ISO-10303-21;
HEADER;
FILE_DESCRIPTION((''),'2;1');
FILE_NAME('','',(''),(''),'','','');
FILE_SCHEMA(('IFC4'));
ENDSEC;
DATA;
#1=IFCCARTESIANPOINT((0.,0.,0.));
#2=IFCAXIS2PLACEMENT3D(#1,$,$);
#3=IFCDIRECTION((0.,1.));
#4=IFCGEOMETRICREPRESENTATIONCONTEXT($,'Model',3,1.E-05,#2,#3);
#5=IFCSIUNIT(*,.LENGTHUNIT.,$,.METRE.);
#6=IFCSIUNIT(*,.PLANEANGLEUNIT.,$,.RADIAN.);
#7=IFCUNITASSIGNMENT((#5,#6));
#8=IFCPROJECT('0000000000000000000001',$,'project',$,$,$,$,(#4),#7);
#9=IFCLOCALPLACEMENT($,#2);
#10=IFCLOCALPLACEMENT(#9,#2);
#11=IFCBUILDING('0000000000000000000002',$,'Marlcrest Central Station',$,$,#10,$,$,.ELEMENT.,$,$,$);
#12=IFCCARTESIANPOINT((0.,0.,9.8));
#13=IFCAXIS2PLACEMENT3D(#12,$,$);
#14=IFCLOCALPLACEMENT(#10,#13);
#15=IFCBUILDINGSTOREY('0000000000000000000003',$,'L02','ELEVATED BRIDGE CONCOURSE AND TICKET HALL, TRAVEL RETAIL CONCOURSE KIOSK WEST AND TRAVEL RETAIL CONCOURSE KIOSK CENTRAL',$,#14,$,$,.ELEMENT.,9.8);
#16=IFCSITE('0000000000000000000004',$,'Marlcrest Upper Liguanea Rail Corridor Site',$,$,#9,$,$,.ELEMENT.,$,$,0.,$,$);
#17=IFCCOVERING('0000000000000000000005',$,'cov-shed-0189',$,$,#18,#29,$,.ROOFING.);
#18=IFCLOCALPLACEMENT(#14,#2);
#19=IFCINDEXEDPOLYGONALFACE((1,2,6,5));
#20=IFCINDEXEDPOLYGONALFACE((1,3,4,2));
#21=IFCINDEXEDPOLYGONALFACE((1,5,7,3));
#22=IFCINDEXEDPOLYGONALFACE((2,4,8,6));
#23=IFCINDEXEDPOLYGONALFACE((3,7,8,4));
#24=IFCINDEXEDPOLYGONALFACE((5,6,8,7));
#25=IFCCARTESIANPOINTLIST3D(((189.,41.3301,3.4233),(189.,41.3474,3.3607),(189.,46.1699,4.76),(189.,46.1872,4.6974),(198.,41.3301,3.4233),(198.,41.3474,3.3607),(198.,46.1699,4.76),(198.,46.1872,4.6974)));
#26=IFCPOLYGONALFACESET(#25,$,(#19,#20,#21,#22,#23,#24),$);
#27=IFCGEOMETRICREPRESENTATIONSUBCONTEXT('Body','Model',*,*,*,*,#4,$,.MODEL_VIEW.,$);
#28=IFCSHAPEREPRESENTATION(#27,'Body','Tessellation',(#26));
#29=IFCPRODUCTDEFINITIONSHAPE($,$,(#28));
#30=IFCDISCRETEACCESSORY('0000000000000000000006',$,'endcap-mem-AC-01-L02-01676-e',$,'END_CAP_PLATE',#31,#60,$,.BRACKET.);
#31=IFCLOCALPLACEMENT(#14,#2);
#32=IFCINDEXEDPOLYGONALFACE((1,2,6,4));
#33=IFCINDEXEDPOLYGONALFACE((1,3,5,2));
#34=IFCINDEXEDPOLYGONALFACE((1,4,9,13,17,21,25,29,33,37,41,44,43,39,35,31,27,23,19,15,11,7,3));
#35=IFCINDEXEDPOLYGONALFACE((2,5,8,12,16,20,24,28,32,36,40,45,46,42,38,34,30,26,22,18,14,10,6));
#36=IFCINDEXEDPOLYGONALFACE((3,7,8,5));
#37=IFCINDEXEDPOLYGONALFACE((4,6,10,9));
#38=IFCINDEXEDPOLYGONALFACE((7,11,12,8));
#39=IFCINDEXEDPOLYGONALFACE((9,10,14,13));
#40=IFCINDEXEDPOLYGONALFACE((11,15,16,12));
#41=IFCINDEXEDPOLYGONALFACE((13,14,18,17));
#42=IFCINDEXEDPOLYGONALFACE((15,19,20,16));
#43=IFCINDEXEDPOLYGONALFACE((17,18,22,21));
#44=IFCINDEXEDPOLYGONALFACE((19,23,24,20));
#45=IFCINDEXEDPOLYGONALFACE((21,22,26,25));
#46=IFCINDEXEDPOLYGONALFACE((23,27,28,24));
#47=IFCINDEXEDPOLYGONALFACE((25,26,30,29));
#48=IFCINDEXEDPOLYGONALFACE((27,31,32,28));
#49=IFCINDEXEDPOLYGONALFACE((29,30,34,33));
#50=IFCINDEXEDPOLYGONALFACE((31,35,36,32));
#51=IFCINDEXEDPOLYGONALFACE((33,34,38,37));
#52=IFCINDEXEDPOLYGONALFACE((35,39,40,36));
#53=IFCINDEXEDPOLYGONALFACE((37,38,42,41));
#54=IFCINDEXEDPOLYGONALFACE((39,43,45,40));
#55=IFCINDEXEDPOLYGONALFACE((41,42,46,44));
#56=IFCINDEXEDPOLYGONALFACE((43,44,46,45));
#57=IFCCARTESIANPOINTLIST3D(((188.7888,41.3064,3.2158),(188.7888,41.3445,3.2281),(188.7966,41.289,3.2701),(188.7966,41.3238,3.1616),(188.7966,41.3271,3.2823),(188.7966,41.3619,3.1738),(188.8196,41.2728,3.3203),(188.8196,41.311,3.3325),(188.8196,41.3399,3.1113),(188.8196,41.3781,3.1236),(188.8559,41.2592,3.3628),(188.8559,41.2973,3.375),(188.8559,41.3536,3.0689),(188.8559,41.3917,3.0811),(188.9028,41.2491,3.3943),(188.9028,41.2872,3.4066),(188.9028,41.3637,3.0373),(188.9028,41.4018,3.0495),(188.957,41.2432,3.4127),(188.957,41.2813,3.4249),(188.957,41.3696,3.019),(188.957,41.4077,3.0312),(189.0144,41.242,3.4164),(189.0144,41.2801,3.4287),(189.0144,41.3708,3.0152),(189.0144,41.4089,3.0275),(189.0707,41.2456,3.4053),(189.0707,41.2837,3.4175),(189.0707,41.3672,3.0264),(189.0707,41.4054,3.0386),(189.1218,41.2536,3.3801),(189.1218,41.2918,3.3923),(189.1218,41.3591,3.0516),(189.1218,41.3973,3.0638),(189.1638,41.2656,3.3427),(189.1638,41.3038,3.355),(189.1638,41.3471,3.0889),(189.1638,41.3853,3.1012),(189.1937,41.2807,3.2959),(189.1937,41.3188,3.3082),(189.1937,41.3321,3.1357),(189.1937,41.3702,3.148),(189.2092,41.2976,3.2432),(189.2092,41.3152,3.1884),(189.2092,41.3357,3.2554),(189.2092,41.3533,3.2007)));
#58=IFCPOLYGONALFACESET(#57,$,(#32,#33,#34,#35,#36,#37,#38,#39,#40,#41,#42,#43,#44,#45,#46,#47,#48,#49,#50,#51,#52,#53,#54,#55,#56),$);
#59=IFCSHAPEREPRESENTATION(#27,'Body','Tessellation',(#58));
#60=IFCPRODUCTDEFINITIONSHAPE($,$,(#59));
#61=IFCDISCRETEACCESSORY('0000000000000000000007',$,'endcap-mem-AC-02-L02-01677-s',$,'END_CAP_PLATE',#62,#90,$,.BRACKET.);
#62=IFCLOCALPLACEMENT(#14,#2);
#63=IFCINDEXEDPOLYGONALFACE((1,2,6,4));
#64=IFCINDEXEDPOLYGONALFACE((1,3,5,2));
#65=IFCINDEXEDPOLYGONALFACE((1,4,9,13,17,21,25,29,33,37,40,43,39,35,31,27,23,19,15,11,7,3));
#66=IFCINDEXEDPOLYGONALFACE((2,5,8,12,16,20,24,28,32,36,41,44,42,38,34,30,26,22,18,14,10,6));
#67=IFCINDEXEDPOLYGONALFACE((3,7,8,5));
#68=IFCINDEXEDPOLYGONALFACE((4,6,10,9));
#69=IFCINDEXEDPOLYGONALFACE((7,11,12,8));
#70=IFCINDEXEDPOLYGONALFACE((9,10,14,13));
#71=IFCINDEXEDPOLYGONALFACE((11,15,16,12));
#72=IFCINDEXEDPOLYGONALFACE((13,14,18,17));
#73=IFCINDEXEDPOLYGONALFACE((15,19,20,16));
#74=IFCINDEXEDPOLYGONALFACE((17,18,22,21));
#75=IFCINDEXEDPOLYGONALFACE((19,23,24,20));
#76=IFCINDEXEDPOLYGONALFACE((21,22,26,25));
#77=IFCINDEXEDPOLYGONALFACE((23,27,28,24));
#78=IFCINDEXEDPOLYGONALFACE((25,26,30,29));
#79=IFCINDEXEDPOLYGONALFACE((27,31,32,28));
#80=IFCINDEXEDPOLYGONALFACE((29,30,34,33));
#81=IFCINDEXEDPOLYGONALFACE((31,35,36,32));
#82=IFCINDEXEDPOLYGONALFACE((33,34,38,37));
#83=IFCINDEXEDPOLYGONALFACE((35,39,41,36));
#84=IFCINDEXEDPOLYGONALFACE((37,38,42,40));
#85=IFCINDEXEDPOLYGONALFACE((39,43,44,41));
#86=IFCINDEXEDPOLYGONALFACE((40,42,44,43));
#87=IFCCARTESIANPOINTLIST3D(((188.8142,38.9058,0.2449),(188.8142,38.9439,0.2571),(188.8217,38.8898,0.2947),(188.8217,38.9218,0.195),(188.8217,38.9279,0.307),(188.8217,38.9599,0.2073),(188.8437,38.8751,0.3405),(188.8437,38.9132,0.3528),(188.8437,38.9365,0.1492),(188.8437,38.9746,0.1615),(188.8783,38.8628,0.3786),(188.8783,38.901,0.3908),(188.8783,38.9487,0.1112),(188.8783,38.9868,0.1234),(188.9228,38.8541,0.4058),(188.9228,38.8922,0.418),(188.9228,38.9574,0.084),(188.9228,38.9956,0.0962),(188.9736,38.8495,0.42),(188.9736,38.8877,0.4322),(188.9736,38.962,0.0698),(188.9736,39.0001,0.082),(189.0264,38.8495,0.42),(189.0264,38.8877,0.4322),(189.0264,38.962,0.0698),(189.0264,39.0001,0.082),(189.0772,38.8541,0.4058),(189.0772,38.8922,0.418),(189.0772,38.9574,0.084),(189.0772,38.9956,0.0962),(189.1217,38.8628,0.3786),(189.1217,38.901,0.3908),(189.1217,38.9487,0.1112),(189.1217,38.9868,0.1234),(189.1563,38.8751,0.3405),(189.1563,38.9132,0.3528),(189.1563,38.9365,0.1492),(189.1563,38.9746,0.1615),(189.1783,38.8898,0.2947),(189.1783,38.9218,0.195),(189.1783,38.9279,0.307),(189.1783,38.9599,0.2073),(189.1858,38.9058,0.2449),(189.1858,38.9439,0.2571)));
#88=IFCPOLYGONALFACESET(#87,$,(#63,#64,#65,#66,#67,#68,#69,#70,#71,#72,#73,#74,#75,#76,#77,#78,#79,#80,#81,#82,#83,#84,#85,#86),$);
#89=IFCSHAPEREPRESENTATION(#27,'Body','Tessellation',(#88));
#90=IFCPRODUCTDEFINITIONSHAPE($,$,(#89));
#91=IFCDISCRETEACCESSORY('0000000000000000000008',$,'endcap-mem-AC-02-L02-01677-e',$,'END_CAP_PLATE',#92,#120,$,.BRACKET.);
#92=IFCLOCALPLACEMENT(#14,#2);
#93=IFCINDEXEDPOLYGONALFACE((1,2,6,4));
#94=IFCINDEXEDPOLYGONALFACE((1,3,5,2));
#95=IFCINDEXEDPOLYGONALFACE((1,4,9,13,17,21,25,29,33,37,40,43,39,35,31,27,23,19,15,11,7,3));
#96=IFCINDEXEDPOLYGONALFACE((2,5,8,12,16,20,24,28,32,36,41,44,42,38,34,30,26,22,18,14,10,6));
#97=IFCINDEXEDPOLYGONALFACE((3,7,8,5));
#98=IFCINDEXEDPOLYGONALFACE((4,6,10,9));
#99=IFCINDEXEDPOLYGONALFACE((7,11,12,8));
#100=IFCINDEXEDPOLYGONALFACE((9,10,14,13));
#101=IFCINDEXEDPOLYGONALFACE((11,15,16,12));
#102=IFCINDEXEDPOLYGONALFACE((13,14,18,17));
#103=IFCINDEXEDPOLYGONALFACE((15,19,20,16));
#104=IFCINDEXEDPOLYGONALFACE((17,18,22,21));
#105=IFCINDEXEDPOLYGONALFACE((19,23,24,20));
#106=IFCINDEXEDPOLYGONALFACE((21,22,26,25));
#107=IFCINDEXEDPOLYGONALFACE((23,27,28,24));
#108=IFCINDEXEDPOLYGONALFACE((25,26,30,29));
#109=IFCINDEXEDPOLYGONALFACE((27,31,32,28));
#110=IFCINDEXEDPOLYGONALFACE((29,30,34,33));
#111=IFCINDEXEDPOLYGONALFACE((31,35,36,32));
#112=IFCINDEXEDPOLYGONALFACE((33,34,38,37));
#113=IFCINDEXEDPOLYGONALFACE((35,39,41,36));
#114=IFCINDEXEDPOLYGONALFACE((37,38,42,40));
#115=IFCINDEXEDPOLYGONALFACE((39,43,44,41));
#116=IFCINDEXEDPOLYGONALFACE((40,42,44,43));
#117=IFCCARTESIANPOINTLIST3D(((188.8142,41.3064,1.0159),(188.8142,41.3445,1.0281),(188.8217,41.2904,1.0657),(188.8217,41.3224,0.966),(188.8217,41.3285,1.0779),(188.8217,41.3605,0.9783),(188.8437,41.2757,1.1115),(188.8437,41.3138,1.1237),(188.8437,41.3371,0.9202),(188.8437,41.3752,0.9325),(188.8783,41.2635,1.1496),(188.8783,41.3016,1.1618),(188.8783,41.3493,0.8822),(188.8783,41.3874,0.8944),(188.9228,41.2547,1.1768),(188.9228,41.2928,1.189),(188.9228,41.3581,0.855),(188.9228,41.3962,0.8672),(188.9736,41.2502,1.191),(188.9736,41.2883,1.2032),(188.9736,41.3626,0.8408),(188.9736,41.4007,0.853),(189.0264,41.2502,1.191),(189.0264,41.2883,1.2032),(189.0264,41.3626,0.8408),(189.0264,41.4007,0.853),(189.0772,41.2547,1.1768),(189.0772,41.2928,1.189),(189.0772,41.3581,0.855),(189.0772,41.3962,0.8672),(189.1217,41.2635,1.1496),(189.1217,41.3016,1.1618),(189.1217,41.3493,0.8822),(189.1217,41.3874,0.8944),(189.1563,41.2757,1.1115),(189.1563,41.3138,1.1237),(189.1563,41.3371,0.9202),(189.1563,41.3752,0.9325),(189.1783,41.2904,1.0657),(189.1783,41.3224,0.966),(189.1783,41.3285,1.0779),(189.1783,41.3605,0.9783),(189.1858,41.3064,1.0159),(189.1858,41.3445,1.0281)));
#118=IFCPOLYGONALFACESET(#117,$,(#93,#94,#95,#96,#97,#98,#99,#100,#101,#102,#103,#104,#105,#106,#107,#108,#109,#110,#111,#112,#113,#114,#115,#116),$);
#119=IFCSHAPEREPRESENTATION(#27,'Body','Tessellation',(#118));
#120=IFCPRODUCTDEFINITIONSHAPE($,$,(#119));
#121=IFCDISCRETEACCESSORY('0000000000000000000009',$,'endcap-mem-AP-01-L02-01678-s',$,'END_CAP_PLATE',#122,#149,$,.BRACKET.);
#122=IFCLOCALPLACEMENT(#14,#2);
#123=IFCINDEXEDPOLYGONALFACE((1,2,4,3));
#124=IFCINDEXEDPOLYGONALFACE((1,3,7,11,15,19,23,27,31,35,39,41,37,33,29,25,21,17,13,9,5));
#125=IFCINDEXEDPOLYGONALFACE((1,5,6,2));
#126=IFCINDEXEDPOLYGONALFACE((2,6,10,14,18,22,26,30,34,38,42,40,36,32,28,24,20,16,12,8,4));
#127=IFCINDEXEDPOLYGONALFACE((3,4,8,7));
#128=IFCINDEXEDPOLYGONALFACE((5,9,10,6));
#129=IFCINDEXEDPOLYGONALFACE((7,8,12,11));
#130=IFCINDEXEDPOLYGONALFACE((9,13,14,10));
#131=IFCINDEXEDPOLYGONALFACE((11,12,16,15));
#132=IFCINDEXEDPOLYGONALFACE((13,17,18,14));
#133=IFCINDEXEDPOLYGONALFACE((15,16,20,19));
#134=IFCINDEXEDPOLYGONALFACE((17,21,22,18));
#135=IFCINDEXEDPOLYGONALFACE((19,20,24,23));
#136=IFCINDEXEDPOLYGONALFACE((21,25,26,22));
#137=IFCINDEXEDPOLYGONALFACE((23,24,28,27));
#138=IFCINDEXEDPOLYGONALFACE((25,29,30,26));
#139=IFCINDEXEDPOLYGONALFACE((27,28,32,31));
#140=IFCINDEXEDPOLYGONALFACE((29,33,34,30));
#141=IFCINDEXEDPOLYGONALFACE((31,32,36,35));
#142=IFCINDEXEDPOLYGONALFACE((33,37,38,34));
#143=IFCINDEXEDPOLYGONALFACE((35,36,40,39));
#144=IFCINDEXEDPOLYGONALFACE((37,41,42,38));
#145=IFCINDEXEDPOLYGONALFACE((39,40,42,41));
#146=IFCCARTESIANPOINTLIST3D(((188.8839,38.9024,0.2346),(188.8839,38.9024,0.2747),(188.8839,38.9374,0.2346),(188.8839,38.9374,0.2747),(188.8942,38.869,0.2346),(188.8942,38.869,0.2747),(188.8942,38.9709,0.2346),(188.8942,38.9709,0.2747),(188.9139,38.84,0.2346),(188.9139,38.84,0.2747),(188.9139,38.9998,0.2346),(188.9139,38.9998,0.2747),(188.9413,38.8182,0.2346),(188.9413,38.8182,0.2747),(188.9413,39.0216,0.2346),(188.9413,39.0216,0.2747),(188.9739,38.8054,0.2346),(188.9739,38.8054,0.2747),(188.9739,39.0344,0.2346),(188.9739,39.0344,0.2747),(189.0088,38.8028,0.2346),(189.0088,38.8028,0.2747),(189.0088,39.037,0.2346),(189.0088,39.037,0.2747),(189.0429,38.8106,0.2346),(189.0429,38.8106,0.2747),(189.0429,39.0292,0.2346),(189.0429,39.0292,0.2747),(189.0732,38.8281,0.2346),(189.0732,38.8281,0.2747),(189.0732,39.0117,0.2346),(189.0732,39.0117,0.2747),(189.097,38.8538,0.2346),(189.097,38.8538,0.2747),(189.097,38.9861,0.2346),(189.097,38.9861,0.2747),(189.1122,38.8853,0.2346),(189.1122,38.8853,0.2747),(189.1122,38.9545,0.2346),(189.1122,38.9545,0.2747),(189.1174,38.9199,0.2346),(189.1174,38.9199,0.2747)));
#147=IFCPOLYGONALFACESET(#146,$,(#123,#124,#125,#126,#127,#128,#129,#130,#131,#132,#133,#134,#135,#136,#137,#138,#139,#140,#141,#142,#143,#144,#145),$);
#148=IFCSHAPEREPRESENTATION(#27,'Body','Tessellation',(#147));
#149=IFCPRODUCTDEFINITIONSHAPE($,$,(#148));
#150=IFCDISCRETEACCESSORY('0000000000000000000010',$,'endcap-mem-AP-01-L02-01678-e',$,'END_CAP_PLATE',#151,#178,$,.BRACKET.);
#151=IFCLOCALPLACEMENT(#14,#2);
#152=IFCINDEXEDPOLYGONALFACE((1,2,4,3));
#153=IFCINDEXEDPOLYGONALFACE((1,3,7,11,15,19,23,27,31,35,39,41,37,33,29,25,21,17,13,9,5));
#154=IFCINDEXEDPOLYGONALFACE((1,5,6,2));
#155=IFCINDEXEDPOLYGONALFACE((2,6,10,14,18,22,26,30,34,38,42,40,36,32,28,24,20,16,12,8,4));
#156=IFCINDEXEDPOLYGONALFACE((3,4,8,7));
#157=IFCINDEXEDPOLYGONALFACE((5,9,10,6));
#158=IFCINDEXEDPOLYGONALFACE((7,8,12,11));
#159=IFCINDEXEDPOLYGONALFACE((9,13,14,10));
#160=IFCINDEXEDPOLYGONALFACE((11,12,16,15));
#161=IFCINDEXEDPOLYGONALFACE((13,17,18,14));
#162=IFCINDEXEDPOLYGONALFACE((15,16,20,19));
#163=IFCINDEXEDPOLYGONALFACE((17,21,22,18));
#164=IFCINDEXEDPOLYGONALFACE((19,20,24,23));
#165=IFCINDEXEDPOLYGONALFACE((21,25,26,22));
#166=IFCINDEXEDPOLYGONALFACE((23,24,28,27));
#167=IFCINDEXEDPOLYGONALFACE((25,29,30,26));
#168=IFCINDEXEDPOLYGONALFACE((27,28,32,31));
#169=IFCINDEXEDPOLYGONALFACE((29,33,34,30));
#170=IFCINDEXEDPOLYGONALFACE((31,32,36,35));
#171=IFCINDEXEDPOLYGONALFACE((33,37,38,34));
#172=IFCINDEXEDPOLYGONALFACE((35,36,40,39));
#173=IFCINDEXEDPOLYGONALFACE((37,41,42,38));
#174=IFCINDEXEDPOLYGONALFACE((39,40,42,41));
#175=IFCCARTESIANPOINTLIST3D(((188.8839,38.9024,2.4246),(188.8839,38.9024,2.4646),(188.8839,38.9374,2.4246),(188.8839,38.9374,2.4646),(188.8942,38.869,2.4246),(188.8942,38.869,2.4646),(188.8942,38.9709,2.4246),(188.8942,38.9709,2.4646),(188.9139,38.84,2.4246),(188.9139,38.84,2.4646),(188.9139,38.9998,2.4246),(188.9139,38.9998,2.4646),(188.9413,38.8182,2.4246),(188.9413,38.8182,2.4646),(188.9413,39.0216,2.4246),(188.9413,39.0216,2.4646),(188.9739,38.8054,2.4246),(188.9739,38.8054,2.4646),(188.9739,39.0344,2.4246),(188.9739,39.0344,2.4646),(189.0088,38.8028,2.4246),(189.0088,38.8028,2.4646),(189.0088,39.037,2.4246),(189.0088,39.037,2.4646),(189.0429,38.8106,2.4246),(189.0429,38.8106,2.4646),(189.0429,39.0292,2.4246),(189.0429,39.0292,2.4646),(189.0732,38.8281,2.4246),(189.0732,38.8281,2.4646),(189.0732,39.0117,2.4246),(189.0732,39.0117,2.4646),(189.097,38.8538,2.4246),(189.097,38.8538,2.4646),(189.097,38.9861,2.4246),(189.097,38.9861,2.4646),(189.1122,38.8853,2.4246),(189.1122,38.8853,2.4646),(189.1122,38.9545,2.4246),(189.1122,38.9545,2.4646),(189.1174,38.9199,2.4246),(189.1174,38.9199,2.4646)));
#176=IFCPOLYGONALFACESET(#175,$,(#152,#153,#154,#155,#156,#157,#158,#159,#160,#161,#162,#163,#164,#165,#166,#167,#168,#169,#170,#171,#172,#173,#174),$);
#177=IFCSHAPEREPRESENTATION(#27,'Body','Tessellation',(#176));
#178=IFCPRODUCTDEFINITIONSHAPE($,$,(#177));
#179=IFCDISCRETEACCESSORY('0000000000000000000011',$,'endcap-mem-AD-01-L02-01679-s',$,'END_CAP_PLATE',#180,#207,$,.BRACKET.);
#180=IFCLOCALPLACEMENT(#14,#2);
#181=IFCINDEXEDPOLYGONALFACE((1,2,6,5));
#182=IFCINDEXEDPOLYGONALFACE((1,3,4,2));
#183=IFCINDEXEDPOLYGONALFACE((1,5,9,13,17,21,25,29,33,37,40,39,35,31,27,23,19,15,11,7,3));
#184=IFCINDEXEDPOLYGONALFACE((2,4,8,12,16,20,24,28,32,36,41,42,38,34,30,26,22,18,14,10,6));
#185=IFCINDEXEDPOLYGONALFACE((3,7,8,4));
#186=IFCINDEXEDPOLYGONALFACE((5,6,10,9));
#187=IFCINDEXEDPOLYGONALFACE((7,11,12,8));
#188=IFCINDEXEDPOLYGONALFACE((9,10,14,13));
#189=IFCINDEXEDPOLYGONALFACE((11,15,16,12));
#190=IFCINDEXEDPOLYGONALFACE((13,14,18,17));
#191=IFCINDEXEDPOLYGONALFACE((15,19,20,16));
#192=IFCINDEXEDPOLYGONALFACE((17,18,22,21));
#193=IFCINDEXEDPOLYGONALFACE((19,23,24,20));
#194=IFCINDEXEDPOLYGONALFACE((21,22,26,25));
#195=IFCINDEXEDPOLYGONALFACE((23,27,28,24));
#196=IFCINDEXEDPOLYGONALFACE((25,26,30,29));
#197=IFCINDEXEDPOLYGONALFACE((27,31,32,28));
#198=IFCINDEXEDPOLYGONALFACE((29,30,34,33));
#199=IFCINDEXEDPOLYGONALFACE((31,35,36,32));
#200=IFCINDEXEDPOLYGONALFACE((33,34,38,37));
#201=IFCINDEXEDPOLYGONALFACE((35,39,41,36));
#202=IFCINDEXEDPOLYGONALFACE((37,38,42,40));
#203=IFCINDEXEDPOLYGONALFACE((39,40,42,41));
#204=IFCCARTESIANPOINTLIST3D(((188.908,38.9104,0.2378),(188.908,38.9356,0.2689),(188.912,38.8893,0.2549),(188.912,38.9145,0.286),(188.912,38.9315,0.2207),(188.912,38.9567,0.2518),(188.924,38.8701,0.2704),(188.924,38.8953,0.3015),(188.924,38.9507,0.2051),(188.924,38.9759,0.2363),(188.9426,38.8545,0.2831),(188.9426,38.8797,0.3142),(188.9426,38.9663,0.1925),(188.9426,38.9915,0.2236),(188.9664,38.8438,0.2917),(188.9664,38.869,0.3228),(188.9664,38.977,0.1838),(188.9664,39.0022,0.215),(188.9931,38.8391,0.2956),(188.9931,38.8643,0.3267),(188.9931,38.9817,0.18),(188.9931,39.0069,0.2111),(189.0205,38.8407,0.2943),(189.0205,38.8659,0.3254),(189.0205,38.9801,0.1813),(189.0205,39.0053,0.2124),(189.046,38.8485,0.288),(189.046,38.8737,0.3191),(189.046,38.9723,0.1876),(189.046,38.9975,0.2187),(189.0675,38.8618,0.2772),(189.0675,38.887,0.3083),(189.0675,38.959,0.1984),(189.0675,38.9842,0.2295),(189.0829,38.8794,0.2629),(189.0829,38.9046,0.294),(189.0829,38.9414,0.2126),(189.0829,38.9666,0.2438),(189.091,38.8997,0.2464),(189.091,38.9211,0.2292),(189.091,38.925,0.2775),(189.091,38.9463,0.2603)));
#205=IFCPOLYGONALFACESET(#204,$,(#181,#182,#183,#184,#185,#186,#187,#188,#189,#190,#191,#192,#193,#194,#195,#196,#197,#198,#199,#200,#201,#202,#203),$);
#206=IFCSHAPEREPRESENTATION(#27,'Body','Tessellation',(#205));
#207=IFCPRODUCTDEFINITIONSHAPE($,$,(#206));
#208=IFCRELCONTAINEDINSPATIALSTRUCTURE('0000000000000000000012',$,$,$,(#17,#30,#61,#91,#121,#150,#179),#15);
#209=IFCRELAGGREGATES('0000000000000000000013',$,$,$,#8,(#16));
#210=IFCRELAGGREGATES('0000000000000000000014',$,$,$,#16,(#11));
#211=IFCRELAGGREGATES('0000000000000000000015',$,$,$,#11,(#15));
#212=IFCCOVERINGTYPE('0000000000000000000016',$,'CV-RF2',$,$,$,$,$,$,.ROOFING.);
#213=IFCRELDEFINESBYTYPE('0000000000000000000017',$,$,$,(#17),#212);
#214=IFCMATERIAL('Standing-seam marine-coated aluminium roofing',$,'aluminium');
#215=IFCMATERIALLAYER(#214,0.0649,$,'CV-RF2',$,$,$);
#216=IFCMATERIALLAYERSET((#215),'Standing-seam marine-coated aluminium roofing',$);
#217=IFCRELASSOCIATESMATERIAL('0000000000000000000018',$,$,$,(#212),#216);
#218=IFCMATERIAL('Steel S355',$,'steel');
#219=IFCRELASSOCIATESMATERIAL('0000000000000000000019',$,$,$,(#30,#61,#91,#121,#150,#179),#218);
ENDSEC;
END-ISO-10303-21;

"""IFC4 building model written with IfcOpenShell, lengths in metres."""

from ifc_helpers import new_model, si_unit, direction, frame, origin, origin_2d, place, context, subcontext, project, spatial, polyline, circle, outline, extrude, material, layer, layer_set, type_object, element, save


model = new_model("IFC4")

# Units and contexts
model_context = context("Model", 3, precision=1e-05, world=origin(), true_north=direction((0.0, 1.0)))
body_context = subcontext(model_context, "Body", "Model", "MODEL_VIEW")
ifc_project = project(units=[si_unit("LENGTHUNIT", "METRE"), si_unit("PLANEANGLEUNIT", "RADIAN")], contexts=[model_context])

# Site, building, storey
site_placement = place(None, origin())
site = spatial("IfcSite", under=ifc_project, at=site_placement, Name="Marlcrest Upper Liguanea Rail Corridor Site", CompositionType="ELEMENT", RefElevation=0.0)
building_placement = place(site_placement, origin())
building = spatial("IfcBuilding", under=site, at=building_placement, Name="Marlcrest Central Station", CompositionType="ELEMENT")
storey_placement = place(building_placement, frame((0.0, 0.0, 9.8)))
storey = spatial("IfcBuildingStorey", under=building, at=storey_placement, Name="L02", Description="ELEVATED BRIDGE CONCOURSE AND TICKET HALL, TRAVEL RETAIL CONCOURSE KIOSK WEST AND TRAVEL RETAIL CONCOURSE KIOSK CENTRAL", CompositionType="ELEMENT", Elevation=9.8)

# Shared definitions
ifc_material_1 = material(Name="Steel S355", Category="steel")

# Covering
ifc_material_2 = material(Name="Standing-seam marine-coated aluminium roofing", Category="aluminium")
ifc_layer_1 = layer(ifc_material_2, 0.0649, Name="CV-RF2")
ifc_layer_set_1 = layer_set([ifc_layer_1], Name="Standing-seam marine-coated aluminium roofing")
covering_type = type_object("IfcCoveringType", Name="CV-RF2", PredefinedType="ROOFING", material=ifc_layer_set_1)
covering_placement = place(storey_placement, frame((189.0, 41.3301, 3.4233), z_axis=(0.0, -0.266214, 0.963914), x_axis=(1.0, 0.0, 0.0)))
element("IfcCovering", 1, at=covering_placement, inside=storey, type_object=covering_type, Name="cov-shed-0189", PredefinedType="ROOFING", context=body_context, shape_type="SweptSolid", body=[
    extrude(outline(polyline([(0.0, 0.0), (9.0, 0.0), (9.0, 5.021), (0.0, 5.021), (0.0, 0.0)])), origin(), (0.0, 0.0, -1.0), 0.0649),
])

# Discrete accessories
discrete_accessory_1_placement = place(storey_placement, frame((189.0, 41.3064, 3.2158), z_axis=(0.0, 0.952117, 0.305734), x_axis=(-1.0, 0.0, 0.0)))
element("IfcDiscreteAccessory", 2, at=discrete_accessory_1_placement, inside=storey, material=ifc_material_1, Name="endcap-mem-AC-01-L02-01676-e", ObjectType="END_CAP_PLATE", PredefinedType="BRACKET", context=body_context, shape_type="SweptSolid", body=[
    extrude(circle(Radius=0.2112, at=origin_2d()), origin(), (0.0, 0.0, 1.0), 0.04),
])
for number, where, z_axis, x_axis, name in (
    (3, (189.0, 38.9058, 0.2449), (0.0, 0.952117, 0.305734), (-1.0, 0.0, 0.0), "endcap-mem-AC-02-L02-01677-s"),
    (4, (189.0, 41.3064, 1.0159), (0.0, 0.952117, 0.305734), (-1.0, 0.0, 0.0), "endcap-mem-AC-02-L02-01677-e"),
):
    element("IfcDiscreteAccessory", number, at=place(storey_placement, frame(where, z_axis=z_axis, x_axis=x_axis)), inside=storey, material=ifc_material_1, Name=name, ObjectType="END_CAP_PLATE", PredefinedType="BRACKET", context=body_context, shape_type="SweptSolid", body=[
        extrude(circle(Radius=0.1858, at=origin_2d()), origin(), (0.0, 0.0, 1.0), 0.04),
    ])
for number, where, z_axis, x_axis, name in (
    (5, (189.0, 38.9199, 0.2346), (0.0, 0.0, 1.0), (1.0, 0.0, 0.0), "endcap-mem-AP-01-L02-01678-s"),
    (6, (189.0, 38.9199, 2.4246), (0.0, 0.0, 1.0), (1.0, 0.0, 0.0), "endcap-mem-AP-01-L02-01678-e"),
):
    element("IfcDiscreteAccessory", number, at=place(storey_placement, frame(where, z_axis=z_axis, x_axis=x_axis)), inside=storey, material=ifc_material_1, Name=name, ObjectType="END_CAP_PLATE", PredefinedType="BRACKET", context=body_context, shape_type="SweptSolid", body=[
        extrude(circle(Radius=0.1174, at=origin_2d()), origin(), (0.0, 0.0, 1.0), 0.04),
    ])
for number, where, z_axis, x_axis, name in (
    (7, (189.0, 38.9104, 0.2378), (0.0, 0.629629, 0.776896), (-1.0, 0.0, 0.0), "endcap-mem-AD-01-L02-01679-s"),
):
    element("IfcDiscreteAccessory", number, at=place(storey_placement, frame(where, z_axis=z_axis, x_axis=x_axis)), inside=storey, material=ifc_material_1, Name=name, ObjectType="END_CAP_PLATE", PredefinedType="BRACKET", context=body_context, shape_type="SweptSolid", body=[
        extrude(circle(Radius=0.092, at=origin_2d()), origin(), (0.0, 0.0, 1.0), 0.04),
    ])

save(model, "model.ifc")
